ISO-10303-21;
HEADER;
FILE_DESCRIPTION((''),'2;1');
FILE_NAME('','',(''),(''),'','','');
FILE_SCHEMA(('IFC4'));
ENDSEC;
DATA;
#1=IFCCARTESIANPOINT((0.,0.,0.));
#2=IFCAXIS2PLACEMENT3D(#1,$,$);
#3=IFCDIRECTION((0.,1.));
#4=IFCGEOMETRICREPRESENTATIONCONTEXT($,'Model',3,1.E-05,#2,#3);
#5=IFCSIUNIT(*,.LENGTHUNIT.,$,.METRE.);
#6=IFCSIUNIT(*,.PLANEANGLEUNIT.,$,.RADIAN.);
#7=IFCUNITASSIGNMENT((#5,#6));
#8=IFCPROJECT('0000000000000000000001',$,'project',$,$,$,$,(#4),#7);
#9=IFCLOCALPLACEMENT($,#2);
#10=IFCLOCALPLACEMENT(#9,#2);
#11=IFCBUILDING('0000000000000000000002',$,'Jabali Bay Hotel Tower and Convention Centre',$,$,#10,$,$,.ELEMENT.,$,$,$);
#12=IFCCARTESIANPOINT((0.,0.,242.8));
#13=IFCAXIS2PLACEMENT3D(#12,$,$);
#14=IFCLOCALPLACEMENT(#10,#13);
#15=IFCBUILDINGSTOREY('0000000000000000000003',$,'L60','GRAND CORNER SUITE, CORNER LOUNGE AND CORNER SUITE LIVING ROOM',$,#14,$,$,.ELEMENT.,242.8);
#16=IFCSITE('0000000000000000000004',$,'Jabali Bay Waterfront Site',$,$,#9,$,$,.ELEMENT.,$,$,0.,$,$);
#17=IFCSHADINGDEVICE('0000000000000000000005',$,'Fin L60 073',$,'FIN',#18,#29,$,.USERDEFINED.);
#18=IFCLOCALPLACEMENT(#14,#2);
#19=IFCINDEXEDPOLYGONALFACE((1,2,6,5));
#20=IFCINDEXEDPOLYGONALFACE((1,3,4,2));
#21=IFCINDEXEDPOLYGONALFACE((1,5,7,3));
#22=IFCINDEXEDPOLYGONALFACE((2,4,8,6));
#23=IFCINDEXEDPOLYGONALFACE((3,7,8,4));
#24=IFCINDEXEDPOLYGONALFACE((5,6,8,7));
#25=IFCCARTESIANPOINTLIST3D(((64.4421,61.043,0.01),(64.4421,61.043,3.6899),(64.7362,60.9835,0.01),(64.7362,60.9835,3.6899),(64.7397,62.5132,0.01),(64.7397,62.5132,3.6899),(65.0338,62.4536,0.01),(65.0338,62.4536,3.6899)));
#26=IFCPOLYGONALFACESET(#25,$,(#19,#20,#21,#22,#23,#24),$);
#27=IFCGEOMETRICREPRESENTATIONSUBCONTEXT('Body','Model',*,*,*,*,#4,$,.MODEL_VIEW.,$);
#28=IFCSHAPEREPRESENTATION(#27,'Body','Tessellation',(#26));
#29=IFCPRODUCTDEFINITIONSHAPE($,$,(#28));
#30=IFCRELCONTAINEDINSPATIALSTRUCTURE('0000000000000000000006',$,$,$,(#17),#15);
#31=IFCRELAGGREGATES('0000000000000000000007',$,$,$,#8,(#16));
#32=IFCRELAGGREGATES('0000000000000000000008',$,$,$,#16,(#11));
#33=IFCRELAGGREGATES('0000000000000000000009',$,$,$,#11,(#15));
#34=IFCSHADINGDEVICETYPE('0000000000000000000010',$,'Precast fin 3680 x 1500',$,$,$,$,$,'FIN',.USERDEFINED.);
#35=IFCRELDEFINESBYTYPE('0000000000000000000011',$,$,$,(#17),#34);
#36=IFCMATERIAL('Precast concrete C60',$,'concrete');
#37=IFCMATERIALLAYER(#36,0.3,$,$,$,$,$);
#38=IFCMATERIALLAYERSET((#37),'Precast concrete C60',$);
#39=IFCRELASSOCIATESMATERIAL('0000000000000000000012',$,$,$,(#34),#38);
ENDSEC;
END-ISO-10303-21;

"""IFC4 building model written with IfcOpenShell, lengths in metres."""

from ifc_helpers import new_model, si_unit, direction, frame, frame_2d, origin, place, context, subcontext, project, spatial, rectangle, extrude, material, layer, layer_set, type_object, element, save


model = new_model("IFC4")

# Units and contexts
model_context = context("Model", 3, precision=1e-05, world=origin(), true_north=direction((0.0, 1.0)))
body_context = subcontext(model_context, "Body", "Model", "MODEL_VIEW")
ifc_project = project(units=[si_unit("LENGTHUNIT", "METRE"), si_unit("PLANEANGLEUNIT", "RADIAN")], contexts=[model_context])

# Site, building, storey
site_placement = place(None, origin())
site = spatial("IfcSite", under=ifc_project, at=site_placement, Name="Jabali Bay Waterfront Site", CompositionType="ELEMENT", RefElevation=0.0)
building_placement = place(site_placement, origin())
building = spatial("IfcBuilding", under=site, at=building_placement, Name="Jabali Bay Hotel Tower and Convention Centre", CompositionType="ELEMENT")
storey_placement = place(building_placement, frame((0.0, 0.0, 242.8)))
storey = spatial("IfcBuildingStorey", under=building, at=storey_placement, Name="L60", Description="GRAND CORNER SUITE, CORNER LOUNGE AND CORNER SUITE LIVING ROOM", CompositionType="ELEMENT", Elevation=242.8)

# Shading device
ifc_material_1 = material(Name="Precast concrete C60", Category="concrete")
ifc_layer_1 = layer(ifc_material_1, 0.3)
ifc_layer_set_1 = layer_set([ifc_layer_1], Name="Precast concrete C60")
shading_device_type = type_object("IfcShadingDeviceType", Name="Precast fin 3680 x 1500", ElementType="FIN", PredefinedType="USERDEFINED", material=ifc_layer_set_1)
shading_device_1_placement = place(storey_placement, frame((64.8867, 62.4834, 0.01), z_axis=(0.0, 0.0, 1.0), x_axis=(-0.1984, -0.980121, 0.0)))
element("IfcShadingDevice", 1, at=shading_device_1_placement, inside=storey, type_object=shading_device_type, Name="Fin L60 073", ObjectType="FIN", PredefinedType="USERDEFINED", context=body_context, shape_type="SweptSolid", body=[
    extrude(rectangle(XDim=1.5, YDim=0.3, at=frame_2d((0.75, 0.0))), origin(), (0.0, 0.0, 1.0), 3.6799),
])

save(model, "model.ifc")
